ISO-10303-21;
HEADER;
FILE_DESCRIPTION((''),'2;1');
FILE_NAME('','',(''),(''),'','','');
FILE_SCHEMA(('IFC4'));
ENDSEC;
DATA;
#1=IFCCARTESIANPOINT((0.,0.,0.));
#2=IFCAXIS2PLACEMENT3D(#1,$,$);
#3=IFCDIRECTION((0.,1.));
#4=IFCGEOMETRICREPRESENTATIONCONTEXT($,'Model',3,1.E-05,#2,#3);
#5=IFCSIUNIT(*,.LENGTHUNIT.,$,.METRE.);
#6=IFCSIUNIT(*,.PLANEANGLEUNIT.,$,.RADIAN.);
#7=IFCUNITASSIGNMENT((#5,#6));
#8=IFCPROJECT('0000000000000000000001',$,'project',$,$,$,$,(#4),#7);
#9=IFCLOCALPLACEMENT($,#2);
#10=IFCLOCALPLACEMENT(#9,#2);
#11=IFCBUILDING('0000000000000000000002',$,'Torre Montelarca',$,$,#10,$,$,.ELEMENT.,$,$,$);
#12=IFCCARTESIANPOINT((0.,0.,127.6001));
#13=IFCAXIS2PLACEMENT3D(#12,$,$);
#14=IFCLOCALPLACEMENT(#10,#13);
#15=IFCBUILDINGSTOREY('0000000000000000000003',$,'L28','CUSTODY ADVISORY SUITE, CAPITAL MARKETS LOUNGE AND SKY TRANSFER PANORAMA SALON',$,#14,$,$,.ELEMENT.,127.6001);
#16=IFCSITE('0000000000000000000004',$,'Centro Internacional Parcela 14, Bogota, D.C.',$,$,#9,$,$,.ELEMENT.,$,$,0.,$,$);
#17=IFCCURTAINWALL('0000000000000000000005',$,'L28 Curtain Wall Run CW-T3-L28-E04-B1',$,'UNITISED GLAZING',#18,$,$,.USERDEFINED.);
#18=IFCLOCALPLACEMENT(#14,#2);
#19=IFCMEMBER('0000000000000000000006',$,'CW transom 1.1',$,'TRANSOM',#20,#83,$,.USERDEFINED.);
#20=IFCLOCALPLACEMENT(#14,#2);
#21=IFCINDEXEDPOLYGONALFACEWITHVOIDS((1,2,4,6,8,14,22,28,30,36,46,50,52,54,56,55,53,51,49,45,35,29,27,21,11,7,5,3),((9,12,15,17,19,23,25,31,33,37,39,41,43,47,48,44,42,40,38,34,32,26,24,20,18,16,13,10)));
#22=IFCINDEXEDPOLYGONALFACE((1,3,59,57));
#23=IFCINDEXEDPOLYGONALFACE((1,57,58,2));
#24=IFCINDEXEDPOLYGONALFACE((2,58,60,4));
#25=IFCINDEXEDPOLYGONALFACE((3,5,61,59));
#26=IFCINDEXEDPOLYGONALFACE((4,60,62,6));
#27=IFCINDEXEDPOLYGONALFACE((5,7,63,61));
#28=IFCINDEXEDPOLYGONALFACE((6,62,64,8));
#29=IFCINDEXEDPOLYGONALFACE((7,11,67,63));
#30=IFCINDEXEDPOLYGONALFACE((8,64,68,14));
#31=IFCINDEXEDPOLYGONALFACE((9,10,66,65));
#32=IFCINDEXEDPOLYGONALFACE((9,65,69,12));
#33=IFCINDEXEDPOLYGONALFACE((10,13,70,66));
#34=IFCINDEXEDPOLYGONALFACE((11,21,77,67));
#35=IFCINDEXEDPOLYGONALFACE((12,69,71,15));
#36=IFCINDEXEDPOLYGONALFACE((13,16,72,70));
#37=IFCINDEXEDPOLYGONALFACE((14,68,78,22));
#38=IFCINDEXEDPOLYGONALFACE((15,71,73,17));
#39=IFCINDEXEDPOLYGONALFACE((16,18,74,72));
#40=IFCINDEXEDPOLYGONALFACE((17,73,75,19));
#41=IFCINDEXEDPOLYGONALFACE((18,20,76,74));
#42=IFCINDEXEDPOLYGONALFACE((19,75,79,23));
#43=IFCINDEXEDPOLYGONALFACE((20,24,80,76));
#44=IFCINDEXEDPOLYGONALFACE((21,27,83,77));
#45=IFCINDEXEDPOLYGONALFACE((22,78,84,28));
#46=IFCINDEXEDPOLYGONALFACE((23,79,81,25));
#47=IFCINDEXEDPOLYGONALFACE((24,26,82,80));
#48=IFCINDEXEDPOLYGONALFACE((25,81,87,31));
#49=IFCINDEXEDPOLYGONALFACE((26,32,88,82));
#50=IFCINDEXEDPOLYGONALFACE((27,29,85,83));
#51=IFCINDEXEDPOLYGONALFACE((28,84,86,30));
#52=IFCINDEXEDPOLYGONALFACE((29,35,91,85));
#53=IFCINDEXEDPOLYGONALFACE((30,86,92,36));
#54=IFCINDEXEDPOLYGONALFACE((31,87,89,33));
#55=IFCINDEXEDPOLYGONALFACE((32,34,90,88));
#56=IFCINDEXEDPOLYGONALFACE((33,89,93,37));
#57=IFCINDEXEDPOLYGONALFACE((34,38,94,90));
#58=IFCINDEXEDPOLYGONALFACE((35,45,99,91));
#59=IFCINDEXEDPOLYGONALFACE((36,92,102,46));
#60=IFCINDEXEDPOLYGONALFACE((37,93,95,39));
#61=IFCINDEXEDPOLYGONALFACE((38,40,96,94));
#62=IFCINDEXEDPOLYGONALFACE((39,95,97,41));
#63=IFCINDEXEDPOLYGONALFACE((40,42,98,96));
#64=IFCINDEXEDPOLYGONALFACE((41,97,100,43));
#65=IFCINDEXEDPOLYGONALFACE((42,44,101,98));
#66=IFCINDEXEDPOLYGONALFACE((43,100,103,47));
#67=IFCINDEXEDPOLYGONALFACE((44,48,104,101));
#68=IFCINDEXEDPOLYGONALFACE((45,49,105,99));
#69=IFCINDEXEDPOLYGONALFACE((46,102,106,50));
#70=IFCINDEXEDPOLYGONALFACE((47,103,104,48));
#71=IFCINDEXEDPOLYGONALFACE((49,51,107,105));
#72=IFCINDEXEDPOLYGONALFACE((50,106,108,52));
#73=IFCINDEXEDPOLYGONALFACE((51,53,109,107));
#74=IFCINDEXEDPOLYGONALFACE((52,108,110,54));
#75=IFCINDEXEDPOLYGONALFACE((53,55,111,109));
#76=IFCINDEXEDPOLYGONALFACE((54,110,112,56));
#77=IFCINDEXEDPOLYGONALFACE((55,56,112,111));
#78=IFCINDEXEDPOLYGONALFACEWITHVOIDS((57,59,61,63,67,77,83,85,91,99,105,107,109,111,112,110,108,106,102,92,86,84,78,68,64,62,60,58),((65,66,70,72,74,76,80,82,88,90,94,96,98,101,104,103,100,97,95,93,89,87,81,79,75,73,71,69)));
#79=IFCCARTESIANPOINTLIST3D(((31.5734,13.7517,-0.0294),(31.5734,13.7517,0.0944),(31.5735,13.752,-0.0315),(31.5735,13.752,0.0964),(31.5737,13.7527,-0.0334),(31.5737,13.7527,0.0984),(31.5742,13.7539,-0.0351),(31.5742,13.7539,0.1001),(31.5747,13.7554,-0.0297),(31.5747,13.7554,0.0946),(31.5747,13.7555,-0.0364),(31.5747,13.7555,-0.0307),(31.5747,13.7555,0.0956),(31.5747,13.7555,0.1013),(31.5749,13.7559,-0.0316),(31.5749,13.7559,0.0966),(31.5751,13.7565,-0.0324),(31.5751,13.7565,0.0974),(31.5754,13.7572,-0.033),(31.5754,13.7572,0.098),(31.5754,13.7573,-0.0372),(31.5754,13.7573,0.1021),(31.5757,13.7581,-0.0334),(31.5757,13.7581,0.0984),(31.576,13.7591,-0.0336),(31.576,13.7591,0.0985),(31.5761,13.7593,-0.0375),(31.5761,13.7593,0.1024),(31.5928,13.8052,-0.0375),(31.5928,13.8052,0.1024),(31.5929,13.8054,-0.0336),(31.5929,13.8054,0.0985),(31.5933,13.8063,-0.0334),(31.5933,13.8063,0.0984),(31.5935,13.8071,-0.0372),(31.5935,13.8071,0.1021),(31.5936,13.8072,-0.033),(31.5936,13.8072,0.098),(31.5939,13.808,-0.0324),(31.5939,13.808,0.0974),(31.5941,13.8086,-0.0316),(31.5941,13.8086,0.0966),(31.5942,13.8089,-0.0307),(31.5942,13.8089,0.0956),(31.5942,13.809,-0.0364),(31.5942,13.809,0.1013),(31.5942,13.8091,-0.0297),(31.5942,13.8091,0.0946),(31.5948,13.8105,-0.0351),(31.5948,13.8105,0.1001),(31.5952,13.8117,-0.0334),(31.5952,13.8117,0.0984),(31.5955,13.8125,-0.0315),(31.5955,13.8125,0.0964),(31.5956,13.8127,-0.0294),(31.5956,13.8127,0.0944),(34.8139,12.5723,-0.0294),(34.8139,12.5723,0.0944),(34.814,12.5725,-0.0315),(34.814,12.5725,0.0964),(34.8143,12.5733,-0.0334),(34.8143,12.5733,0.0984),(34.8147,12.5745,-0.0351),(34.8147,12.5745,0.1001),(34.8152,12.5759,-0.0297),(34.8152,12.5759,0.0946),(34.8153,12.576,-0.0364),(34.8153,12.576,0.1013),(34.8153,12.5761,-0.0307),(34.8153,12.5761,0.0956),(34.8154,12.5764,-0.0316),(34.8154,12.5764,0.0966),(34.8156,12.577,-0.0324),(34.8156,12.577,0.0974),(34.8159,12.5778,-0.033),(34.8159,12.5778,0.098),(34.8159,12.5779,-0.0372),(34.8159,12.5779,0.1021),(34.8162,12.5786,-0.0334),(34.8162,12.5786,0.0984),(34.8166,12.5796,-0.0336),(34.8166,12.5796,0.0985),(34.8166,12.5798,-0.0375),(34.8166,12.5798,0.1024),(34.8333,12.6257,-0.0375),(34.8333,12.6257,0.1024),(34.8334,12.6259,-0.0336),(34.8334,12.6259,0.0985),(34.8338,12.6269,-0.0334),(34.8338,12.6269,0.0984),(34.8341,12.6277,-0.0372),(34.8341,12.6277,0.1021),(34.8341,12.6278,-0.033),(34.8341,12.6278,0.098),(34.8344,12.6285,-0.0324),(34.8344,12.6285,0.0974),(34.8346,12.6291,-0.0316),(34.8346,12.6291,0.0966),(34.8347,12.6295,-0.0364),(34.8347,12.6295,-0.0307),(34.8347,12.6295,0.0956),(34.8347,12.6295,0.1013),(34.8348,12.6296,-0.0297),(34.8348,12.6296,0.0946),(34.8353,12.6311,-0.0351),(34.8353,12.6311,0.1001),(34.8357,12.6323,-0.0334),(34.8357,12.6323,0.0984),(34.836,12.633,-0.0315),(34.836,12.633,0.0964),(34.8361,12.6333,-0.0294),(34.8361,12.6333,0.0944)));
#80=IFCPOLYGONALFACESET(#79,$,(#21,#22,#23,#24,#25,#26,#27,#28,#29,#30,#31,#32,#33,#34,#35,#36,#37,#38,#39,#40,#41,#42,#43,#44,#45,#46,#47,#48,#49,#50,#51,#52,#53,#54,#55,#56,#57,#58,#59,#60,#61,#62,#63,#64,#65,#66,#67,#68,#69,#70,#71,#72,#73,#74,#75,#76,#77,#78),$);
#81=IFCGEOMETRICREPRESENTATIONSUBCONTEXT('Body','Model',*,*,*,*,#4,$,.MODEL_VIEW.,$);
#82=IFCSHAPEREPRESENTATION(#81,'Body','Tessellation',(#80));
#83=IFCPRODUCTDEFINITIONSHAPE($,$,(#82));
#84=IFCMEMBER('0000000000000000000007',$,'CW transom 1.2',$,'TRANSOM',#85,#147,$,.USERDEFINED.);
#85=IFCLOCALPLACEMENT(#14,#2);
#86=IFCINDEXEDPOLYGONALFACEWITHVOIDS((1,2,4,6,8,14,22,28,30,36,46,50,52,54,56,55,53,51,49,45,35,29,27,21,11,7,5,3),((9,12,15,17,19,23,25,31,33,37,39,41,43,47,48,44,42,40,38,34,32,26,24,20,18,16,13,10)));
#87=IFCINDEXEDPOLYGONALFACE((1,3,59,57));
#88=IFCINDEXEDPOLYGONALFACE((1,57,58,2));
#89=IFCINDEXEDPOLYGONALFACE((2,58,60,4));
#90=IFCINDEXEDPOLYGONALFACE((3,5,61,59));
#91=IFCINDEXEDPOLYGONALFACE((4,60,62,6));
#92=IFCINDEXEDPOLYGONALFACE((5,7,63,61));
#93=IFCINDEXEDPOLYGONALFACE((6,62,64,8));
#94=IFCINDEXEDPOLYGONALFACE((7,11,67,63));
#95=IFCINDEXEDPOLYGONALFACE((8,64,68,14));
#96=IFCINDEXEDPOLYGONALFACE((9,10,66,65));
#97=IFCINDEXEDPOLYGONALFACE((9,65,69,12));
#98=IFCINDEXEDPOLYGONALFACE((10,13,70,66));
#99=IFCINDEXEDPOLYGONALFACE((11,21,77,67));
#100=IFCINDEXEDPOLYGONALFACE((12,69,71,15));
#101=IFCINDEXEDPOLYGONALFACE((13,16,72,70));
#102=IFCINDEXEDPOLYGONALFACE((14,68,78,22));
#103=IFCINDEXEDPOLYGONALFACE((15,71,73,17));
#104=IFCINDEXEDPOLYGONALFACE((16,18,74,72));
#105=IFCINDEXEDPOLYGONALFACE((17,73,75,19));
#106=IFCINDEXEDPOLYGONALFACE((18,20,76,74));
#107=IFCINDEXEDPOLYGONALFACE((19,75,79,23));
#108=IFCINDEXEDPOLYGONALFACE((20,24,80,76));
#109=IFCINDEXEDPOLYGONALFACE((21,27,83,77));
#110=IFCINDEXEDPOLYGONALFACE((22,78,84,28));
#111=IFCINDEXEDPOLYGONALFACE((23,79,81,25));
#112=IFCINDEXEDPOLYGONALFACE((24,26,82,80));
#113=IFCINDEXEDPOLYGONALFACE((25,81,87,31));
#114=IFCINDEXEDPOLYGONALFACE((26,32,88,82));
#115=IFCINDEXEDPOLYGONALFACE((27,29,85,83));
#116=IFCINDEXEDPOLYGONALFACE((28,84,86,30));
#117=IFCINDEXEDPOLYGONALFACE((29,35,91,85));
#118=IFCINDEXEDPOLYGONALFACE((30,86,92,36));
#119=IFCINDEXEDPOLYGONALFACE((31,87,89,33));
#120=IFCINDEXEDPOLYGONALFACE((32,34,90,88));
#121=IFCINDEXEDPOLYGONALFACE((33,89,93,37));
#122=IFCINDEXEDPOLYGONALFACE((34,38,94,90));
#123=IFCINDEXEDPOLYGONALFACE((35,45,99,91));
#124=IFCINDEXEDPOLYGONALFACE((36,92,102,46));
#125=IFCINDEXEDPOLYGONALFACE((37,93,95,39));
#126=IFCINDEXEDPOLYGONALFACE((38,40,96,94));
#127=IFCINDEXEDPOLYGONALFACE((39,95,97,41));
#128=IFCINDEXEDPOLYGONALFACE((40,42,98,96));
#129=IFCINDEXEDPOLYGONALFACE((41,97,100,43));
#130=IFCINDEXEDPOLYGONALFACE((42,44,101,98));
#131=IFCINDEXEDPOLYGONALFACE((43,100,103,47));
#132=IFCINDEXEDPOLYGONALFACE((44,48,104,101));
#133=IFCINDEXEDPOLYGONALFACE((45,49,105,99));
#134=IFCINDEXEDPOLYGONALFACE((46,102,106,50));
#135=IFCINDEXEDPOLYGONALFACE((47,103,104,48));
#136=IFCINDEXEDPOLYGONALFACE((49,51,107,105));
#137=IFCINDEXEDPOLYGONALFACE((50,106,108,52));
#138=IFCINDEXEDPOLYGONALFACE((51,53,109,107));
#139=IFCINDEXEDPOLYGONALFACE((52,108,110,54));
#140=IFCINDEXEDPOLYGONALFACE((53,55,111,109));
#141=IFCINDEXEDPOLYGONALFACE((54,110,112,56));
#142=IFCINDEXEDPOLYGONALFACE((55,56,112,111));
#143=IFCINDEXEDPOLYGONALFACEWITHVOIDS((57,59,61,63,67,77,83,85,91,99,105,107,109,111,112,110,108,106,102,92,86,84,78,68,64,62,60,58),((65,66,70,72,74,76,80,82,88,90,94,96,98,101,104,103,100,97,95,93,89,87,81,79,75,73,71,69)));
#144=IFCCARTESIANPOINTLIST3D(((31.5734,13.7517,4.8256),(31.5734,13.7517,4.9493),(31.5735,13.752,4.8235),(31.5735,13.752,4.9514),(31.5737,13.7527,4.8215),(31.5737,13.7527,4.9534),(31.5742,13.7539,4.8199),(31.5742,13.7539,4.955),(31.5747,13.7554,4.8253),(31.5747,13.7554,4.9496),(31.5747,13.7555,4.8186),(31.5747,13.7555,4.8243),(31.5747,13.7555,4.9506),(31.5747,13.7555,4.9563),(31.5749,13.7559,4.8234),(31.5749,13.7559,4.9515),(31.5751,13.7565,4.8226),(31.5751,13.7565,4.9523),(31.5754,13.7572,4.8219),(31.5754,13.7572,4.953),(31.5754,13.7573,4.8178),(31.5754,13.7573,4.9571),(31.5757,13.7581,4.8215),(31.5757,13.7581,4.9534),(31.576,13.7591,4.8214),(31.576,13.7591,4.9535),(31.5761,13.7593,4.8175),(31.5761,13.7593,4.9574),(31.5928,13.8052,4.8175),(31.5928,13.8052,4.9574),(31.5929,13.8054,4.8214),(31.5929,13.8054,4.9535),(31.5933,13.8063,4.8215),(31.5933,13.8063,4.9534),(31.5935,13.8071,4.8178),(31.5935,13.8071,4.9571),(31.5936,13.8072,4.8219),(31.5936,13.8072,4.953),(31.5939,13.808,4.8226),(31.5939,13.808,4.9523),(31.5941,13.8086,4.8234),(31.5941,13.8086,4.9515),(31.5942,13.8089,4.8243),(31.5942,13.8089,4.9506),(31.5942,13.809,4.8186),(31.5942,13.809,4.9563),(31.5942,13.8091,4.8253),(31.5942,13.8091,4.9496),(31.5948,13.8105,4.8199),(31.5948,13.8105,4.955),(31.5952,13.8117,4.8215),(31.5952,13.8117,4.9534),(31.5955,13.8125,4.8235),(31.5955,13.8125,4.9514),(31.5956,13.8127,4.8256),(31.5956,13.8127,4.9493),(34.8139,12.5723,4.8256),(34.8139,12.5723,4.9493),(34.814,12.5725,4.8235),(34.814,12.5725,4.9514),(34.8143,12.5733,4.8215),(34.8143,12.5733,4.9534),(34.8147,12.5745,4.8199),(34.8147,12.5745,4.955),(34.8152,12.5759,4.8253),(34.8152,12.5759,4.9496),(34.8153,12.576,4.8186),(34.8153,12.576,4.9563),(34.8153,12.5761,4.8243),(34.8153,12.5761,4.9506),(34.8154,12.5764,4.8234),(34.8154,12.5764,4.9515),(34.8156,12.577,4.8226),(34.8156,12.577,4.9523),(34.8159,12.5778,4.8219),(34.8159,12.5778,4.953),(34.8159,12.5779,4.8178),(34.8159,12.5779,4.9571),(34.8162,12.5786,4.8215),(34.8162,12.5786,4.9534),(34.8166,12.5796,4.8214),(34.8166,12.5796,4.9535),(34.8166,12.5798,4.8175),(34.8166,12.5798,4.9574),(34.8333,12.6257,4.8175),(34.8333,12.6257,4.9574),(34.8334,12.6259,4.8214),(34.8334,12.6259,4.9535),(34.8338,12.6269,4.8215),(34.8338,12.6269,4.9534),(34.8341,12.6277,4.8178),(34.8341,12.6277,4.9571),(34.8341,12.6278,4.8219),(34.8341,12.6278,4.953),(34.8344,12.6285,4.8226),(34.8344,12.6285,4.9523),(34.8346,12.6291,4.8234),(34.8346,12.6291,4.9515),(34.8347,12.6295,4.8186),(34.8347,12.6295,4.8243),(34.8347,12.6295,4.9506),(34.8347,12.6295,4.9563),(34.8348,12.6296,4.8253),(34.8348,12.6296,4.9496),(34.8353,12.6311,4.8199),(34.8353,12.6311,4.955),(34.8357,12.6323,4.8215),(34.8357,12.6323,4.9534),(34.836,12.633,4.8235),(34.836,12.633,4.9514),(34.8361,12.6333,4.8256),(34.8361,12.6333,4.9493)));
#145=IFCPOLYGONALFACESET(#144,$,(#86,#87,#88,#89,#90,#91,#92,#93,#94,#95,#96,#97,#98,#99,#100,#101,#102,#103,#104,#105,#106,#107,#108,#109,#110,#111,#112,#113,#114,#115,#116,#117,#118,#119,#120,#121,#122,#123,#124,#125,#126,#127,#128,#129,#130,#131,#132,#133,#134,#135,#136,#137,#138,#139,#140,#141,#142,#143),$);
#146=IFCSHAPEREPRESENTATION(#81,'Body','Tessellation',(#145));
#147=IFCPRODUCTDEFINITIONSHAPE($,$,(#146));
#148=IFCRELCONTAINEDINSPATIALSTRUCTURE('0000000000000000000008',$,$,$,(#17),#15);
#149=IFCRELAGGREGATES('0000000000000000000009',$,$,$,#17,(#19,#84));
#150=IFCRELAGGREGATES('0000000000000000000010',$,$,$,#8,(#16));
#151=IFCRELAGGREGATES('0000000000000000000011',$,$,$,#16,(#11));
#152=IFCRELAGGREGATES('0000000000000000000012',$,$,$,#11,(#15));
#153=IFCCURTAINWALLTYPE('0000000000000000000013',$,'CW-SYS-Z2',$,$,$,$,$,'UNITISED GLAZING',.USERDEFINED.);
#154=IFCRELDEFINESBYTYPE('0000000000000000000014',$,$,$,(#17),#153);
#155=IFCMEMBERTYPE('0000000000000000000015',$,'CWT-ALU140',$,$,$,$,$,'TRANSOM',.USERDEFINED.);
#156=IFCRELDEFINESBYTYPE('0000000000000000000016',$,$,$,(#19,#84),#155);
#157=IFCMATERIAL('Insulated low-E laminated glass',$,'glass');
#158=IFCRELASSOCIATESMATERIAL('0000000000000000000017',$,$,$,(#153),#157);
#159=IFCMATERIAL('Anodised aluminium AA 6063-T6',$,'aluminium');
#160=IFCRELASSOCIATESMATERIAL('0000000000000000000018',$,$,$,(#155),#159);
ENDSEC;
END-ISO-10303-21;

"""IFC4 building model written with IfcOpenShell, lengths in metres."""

from ifc_helpers import new_model, si_unit, direction, frame, origin, origin_2d, place, context, subcontext, project, spatial, hollow_rectangle, extrude, source, transform, mapped, material, material_profile, profile_set, type_object, element, aggregate, save


model = new_model("IFC4")

# Units and contexts
model_context = context("Model", 3, precision=1e-05, world=origin(), true_north=direction((0.0, 1.0)))
body_context = subcontext(model_context, "Body", "Model", "MODEL_VIEW")
ifc_project = project(units=[si_unit("LENGTHUNIT", "METRE"), si_unit("PLANEANGLEUNIT", "RADIAN")], contexts=[model_context])

# Site, building, storey
site_placement = place(None, origin())
site = spatial("IfcSite", under=ifc_project, at=site_placement, Name="Centro Internacional Parcela 14, Bogota, D.C.", CompositionType="ELEMENT", RefElevation=0.0)
building_placement = place(site_placement, origin())
building = spatial("IfcBuilding", under=site, at=building_placement, Name="Torre Montelarca", CompositionType="ELEMENT")
storey_placement = place(building_placement, frame((0.0, 0.0, 127.6001)))
storey = spatial("IfcBuildingStorey", under=building, at=storey_placement, Name="L28", Description="CUSTODY ADVISORY SUITE, CAPITAL MARKETS LOUNGE AND SKY TRANSFER PANORAMA SALON", CompositionType="ELEMENT", Elevation=127.6001)

# Shared definitions
ifc_material_1 = material(Name="Insulated low-E laminated glass", Category="glass")
curtain_wall_type = type_object("IfcCurtainWallType", Name="CW-SYS-Z2", ElementType="UNITISED GLAZING", PredefinedType="USERDEFINED", material=ifc_material_1)
ifc_material_2 = material(Name="Anodised aluminium AA 6063-T6", Category="aluminium")
ifc_material_profile_1 = material_profile(ifc_material_2, hollow_rectangle(XDim=0.0649, YDim=0.1399, WallThickness=0.0039, InnerFilletRadius=0.0039, OuterFilletRadius=0.0081, at=origin_2d()), Name="ALU65X140X4", Category="aluminium")
ifc_profile_set_1 = profile_set([ifc_material_profile_1], Name="Anodised aluminium AA 6063-T6")
member_type_1 = type_object("IfcMemberType", Name="CWT-ALU140", ElementType="TRANSOM", PredefinedType="USERDEFINED", material=ifc_profile_set_1)

# Curtain wall
curtain_wall_1_placement = place(storey_placement, origin())
curtain_wall_1 = element("IfcCurtainWall", 1, at=curtain_wall_1_placement, inside=storey, type_object=curtain_wall_type, Name="L28 Curtain Wall Run CW-T3-L28-E04-B1", ObjectType="UNITISED GLAZING", PredefinedType="USERDEFINED")

# Members
shared_shape_1 = source(origin(), body_context, "Body", "SweptSolid", [
    extrude(hollow_rectangle(XDim=0.0649, YDim=0.1399, WallThickness=0.0039, InnerFilletRadius=0.0039, OuterFilletRadius=0.0081, at=origin_2d()), origin(), (0.0, 0.0, 1.0), 3.4485),
])
member_1_placement = place(storey_placement, frame((31.5845, 13.7822, 0.0325), z_axis=(0.939692, -0.342022, 0.0), x_axis=(0.342022, 0.939692, 0.0)))
member_1 = element("IfcMember", 2, at=member_1_placement, type_object=member_type_1, Name="CW transom 1.1", ObjectType="TRANSOM", PredefinedType="USERDEFINED", context=body_context, shape_type="MappedRepresentation", body=[
    mapped(shared_shape_1, transform((0.0, 0.0, 0.0), scale=1.0)),
])
member_2_placement = place(storey_placement, frame((31.5845, 13.7822, 4.8875), z_axis=(0.939692, -0.342022, 0.0), x_axis=(0.342022, 0.939692, 0.0)))
member_2 = element("IfcMember", 3, at=member_2_placement, type_object=member_type_1, Name="CW transom 1.2", ObjectType="TRANSOM", PredefinedType="USERDEFINED", context=body_context, shape_type="MappedRepresentation", body=[
    mapped(shared_shape_1, transform((0.0, 0.0, 0.0), scale=1.0)),
])

aggregate(curtain_wall_1, [member_1, member_2])

save(model, "model.ifc")
